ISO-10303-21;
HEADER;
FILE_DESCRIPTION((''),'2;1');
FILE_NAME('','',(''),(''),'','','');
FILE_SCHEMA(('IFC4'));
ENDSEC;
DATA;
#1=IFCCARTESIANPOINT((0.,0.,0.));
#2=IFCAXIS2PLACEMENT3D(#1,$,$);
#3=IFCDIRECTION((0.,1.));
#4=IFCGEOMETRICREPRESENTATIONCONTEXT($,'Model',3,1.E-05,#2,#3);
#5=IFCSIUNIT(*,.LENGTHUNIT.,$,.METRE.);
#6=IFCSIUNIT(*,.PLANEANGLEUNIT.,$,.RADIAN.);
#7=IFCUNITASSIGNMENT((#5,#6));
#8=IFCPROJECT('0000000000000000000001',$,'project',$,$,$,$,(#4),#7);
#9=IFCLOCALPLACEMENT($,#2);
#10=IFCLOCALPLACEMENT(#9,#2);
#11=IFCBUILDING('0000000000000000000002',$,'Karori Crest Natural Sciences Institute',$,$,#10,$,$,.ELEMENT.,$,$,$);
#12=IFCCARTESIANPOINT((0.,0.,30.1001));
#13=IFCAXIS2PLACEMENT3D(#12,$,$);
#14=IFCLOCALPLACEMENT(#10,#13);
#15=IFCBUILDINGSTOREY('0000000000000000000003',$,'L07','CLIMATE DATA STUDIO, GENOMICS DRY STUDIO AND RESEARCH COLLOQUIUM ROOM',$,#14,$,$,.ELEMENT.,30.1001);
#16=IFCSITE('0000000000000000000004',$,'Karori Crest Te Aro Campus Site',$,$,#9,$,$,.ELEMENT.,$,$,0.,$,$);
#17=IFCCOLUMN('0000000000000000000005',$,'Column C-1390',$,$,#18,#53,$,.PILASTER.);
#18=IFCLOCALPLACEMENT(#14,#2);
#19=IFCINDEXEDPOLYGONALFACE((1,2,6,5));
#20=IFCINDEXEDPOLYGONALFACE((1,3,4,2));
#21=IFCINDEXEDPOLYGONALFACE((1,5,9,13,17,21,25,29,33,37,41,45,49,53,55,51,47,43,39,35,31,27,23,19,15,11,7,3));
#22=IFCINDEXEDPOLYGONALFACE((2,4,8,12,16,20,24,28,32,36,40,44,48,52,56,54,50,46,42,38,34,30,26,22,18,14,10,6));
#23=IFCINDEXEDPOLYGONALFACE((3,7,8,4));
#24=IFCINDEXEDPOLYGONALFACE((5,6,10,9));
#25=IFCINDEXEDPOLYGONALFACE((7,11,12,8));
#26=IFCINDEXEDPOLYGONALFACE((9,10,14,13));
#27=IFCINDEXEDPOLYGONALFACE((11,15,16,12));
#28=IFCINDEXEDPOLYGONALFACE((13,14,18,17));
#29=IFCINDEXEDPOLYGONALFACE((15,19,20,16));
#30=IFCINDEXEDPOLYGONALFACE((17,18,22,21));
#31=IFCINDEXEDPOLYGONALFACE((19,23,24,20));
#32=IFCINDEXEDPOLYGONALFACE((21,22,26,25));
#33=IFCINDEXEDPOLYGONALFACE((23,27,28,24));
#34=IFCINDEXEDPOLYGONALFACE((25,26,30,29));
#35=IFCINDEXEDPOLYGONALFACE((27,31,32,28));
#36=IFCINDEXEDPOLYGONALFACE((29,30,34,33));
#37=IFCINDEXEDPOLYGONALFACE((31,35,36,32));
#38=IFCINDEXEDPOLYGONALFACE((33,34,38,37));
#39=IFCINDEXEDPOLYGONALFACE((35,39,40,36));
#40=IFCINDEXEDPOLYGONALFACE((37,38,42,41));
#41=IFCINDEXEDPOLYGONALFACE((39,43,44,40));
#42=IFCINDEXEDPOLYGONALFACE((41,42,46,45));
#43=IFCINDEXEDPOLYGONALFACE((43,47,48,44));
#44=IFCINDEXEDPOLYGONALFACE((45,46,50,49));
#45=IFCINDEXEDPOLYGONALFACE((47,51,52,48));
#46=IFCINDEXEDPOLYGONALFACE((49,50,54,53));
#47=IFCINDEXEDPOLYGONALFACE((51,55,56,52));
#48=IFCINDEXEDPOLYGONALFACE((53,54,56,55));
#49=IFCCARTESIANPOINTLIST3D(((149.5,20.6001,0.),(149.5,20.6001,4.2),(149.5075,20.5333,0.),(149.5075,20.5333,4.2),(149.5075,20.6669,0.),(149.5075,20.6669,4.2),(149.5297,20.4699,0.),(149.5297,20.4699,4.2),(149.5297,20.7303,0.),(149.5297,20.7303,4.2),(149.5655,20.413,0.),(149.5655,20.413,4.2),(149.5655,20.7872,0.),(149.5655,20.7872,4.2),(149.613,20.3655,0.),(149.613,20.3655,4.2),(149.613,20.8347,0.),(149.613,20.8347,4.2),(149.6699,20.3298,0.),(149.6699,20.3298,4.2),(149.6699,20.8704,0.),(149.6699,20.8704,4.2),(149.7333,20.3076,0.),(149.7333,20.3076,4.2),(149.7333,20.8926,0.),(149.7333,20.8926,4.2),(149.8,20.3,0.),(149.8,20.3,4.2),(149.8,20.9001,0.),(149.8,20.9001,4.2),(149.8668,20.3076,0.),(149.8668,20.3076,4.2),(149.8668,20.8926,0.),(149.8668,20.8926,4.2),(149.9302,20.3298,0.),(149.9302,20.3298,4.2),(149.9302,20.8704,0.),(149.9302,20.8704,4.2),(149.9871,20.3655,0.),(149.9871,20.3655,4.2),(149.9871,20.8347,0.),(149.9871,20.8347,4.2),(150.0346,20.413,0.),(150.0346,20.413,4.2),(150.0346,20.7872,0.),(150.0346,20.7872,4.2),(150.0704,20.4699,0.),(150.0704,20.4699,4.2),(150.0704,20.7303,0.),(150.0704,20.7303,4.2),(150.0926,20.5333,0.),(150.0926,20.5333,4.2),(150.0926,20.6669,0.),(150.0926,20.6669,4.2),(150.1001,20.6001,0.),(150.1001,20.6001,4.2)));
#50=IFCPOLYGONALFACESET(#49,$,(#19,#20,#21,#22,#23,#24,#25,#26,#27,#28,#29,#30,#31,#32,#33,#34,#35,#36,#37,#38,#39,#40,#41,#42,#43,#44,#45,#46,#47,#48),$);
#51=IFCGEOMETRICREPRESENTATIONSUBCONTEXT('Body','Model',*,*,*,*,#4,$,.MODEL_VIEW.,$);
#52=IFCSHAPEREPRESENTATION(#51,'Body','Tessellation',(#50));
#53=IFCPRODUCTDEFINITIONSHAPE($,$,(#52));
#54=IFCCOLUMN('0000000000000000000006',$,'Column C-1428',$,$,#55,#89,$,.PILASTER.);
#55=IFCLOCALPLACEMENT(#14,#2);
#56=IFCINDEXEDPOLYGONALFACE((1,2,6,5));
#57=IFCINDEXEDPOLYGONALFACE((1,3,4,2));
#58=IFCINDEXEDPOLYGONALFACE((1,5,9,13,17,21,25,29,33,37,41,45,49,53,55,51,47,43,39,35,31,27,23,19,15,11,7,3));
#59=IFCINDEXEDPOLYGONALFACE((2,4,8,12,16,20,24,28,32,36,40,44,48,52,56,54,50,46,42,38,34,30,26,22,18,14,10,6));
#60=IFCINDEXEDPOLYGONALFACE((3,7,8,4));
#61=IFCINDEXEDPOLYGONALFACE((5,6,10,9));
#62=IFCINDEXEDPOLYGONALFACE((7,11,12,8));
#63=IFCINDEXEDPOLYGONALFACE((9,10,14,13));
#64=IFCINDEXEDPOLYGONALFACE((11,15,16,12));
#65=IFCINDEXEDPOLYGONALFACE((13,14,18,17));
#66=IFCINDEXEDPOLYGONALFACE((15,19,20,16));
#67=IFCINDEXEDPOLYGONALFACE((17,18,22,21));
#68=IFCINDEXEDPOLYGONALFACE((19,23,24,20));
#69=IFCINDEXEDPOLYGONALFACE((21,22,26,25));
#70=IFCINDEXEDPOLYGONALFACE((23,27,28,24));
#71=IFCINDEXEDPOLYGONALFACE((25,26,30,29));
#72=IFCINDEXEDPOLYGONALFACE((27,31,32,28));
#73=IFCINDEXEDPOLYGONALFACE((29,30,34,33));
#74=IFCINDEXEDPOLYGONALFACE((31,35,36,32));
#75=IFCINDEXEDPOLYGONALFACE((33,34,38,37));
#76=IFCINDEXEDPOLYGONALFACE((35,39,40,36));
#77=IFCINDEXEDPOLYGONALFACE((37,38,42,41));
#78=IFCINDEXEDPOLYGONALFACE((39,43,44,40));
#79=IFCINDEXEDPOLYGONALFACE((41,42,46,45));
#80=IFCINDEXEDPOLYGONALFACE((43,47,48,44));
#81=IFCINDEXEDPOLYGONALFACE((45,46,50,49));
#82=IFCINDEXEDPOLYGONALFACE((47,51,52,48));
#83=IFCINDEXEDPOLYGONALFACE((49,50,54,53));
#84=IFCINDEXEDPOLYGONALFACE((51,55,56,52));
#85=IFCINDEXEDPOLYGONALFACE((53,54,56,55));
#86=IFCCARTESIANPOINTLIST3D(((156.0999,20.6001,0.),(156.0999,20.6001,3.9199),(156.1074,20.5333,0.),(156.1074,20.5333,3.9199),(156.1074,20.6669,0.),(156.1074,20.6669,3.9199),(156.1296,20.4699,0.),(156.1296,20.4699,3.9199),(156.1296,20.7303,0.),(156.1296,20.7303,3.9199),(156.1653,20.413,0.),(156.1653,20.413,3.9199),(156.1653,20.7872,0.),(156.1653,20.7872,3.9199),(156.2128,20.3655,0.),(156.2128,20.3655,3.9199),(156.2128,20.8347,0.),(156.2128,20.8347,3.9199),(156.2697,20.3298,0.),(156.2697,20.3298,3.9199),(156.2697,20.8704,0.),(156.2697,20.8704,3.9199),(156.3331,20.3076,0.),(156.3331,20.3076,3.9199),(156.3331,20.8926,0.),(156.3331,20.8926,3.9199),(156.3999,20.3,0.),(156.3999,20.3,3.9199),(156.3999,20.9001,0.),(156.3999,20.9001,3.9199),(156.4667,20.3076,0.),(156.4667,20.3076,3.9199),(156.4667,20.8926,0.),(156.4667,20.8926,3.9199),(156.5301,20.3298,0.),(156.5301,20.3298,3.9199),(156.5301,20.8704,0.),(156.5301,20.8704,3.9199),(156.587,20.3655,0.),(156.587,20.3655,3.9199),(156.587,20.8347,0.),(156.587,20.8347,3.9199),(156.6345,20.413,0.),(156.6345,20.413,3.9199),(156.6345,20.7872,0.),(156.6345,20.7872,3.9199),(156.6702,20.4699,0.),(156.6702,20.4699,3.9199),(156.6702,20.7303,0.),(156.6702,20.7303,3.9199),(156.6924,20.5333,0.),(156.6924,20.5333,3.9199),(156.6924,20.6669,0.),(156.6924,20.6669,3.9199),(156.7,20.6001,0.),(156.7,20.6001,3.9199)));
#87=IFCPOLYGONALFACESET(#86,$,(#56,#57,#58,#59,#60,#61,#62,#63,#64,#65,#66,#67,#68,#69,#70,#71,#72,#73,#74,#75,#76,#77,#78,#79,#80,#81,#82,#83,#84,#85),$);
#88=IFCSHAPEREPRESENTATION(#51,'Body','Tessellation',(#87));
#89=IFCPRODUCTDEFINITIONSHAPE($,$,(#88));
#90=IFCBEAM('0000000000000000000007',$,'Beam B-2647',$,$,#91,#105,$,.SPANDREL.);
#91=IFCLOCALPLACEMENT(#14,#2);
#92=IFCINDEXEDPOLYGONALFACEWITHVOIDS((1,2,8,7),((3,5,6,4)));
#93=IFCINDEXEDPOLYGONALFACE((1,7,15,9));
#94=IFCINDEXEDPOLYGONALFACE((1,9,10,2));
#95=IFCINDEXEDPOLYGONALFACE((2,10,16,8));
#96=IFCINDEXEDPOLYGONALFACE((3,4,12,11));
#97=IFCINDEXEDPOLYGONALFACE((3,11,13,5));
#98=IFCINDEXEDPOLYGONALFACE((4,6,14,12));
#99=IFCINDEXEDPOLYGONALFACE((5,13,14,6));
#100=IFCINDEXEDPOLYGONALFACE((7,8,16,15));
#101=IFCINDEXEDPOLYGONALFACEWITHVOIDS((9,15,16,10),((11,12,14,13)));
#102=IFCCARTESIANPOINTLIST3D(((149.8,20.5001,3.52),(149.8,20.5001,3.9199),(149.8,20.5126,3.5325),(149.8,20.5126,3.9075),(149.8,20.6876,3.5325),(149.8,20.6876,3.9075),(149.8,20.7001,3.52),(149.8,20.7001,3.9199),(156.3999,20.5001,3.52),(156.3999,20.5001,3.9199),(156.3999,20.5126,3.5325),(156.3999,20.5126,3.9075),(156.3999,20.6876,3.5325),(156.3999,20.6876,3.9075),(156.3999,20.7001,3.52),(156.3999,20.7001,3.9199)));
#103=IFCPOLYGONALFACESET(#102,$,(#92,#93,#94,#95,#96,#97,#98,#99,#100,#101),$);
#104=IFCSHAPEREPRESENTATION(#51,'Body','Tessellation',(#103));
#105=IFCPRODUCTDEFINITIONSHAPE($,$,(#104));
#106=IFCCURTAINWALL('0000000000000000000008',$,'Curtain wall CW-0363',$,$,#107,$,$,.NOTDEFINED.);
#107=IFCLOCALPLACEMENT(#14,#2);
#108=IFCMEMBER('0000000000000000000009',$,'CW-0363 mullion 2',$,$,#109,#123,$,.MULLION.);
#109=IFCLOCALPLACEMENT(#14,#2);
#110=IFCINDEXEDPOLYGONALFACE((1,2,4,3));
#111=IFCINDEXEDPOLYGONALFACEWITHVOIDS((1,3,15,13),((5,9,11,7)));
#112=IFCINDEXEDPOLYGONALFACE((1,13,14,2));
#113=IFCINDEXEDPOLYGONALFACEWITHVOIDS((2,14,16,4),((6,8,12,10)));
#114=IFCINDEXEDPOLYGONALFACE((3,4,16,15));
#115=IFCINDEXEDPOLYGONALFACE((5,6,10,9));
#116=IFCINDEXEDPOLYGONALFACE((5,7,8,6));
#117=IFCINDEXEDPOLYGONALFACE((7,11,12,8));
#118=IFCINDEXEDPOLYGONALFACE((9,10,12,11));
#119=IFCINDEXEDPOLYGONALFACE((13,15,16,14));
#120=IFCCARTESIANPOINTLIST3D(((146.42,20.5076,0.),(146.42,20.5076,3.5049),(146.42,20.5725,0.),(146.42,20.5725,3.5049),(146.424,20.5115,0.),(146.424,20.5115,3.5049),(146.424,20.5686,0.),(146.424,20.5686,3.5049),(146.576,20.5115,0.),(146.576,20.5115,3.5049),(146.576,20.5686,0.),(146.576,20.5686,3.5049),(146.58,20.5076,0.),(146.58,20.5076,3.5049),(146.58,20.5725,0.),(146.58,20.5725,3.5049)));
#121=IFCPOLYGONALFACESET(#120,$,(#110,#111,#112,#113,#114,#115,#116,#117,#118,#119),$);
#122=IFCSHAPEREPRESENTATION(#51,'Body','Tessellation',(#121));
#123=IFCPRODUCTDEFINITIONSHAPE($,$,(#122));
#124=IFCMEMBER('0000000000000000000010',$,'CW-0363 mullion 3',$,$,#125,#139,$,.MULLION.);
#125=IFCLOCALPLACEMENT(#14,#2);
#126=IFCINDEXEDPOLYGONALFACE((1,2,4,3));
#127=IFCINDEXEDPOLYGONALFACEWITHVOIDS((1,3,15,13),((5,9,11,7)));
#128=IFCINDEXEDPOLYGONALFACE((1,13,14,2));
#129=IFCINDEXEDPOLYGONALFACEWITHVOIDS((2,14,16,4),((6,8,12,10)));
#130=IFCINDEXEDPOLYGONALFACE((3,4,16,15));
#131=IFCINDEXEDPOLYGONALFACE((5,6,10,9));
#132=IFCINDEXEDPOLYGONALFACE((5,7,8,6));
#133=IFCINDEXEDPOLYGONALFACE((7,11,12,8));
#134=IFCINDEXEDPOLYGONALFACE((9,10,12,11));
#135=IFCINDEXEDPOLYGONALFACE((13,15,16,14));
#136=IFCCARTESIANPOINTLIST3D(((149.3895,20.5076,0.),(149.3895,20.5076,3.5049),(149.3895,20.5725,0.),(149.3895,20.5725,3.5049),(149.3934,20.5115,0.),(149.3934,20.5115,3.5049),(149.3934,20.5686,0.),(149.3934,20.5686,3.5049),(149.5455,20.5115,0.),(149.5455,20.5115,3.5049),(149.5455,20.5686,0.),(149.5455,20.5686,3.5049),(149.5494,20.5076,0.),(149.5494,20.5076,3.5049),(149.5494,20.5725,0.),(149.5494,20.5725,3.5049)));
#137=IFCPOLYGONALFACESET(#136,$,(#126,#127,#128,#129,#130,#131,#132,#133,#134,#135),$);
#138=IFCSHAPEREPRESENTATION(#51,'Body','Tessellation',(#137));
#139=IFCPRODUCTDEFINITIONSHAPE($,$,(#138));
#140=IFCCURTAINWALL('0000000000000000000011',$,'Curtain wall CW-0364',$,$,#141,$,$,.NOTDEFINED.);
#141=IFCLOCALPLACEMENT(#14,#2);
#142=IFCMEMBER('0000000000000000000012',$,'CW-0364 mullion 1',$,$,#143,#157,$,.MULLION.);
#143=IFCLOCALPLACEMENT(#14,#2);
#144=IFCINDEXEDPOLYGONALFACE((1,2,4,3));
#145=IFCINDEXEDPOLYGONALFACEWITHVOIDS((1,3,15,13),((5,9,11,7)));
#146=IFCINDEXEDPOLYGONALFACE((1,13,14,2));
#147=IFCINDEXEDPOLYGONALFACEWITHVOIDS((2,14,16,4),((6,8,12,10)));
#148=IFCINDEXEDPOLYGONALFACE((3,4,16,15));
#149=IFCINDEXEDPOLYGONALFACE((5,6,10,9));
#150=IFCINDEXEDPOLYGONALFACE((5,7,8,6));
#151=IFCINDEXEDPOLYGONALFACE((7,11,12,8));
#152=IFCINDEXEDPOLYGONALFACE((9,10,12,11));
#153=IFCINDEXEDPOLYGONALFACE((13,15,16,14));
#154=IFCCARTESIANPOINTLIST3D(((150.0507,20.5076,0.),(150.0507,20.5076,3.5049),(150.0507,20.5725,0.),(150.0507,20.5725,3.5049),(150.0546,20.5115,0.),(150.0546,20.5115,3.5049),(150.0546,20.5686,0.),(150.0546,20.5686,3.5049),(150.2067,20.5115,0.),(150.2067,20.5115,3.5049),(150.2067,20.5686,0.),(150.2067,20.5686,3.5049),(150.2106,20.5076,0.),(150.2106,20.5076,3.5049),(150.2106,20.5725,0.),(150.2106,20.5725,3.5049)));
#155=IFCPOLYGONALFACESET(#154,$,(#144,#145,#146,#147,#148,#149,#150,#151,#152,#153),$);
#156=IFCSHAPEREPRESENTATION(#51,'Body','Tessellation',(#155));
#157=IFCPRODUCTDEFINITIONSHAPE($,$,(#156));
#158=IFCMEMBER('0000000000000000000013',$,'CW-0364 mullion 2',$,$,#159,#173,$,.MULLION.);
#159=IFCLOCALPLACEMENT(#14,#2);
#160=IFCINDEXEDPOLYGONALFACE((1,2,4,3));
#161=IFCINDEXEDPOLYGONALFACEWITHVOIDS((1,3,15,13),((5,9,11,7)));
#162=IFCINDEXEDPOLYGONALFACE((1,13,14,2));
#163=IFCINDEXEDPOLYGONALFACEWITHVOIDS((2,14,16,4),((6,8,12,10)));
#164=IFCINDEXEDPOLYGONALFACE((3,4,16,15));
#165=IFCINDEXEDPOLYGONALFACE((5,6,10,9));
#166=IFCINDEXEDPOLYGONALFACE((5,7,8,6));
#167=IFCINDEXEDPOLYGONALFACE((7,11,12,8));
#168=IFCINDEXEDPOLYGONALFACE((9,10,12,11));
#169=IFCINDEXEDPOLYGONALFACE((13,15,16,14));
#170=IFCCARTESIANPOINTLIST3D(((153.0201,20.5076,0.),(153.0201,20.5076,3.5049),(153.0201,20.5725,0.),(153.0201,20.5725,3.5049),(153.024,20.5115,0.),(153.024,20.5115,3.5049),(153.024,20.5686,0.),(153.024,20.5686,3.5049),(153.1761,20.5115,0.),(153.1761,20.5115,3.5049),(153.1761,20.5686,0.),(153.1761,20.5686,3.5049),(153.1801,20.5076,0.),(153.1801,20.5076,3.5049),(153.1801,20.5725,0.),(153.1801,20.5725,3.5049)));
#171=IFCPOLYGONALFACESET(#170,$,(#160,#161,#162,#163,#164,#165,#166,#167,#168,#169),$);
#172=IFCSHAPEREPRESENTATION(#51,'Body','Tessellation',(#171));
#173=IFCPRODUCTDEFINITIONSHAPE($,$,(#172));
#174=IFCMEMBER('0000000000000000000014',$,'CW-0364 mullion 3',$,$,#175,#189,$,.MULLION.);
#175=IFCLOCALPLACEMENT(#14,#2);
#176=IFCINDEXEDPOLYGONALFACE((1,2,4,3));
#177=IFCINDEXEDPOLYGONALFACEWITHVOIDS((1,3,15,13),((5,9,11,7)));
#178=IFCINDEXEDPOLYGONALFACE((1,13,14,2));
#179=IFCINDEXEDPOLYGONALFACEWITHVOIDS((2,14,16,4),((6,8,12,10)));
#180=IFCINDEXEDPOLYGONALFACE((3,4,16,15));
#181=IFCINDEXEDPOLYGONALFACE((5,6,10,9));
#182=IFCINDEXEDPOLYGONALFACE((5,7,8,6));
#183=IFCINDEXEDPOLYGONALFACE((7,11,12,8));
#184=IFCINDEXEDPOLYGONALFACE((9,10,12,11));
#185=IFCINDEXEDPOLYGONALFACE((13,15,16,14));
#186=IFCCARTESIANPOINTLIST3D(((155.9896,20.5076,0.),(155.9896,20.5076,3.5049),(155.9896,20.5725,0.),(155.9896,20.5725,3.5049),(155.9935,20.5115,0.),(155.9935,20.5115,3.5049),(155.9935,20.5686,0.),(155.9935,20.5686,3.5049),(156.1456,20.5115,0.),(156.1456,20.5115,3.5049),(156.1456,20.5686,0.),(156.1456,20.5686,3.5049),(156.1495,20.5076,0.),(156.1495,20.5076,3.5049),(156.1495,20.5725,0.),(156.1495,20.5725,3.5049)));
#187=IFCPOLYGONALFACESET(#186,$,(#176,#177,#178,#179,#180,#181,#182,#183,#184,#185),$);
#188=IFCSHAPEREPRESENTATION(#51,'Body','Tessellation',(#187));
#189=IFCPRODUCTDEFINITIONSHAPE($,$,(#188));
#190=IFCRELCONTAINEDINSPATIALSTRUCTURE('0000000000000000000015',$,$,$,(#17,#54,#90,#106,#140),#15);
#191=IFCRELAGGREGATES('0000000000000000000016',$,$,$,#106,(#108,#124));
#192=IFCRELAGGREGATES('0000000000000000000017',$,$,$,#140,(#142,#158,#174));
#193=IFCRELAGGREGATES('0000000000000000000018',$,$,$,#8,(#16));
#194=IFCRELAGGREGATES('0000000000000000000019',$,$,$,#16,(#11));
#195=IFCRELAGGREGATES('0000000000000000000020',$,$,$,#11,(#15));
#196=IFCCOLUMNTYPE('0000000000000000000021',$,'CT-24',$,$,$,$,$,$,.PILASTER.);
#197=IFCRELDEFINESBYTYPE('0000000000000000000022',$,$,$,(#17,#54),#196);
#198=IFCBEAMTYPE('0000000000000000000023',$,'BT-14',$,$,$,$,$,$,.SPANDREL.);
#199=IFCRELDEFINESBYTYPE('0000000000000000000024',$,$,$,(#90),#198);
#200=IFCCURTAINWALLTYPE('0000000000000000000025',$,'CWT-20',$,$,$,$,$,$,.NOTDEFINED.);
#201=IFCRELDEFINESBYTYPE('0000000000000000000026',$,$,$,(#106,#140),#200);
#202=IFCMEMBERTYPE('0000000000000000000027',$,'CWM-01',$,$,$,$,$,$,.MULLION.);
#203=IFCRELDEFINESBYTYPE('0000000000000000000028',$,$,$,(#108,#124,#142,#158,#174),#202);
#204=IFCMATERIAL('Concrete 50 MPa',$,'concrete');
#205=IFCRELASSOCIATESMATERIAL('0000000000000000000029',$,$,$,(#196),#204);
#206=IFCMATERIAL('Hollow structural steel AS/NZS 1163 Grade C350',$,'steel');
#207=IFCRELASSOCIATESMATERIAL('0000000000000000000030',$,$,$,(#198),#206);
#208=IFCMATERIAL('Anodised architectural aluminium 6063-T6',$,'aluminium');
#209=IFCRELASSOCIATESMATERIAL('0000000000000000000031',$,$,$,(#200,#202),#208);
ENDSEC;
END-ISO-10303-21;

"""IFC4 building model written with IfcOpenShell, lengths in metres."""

from ifc_helpers import new_model, si_unit, direction, frame, origin, origin_2d, place, context, subcontext, project, spatial, hollow_rectangle, circle, extrude, material, material_profile, profile_set, type_object, element, aggregate, save


model = new_model("IFC4")

# Units and contexts
model_context = context("Model", 3, precision=1e-05, world=origin(), true_north=direction((0.0, 1.0)))
body_context = subcontext(model_context, "Body", "Model", "MODEL_VIEW")
ifc_project = project(units=[si_unit("LENGTHUNIT", "METRE"), si_unit("PLANEANGLEUNIT", "RADIAN")], contexts=[model_context])

# Site, building, storey
site_placement = place(None, origin())
site = spatial("IfcSite", under=ifc_project, at=site_placement, Name="Karori Crest Te Aro Campus Site", CompositionType="ELEMENT", RefElevation=0.0)
building_placement = place(site_placement, origin())
building = spatial("IfcBuilding", under=site, at=building_placement, Name="Karori Crest Natural Sciences Institute", CompositionType="ELEMENT")
storey_placement = place(building_placement, frame((0.0, 0.0, 30.1001)))
storey = spatial("IfcBuildingStorey", under=building, at=storey_placement, Name="L07", Description="CLIMATE DATA STUDIO, GENOMICS DRY STUDIO AND RESEARCH COLLOQUIUM ROOM", CompositionType="ELEMENT", Elevation=30.1001)

# Columns
ifc_material_1 = material(Name="Concrete 50 MPa", Category="concrete")
ifc_material_profile_1 = material_profile(ifc_material_1, circle(Radius=0.3, at=origin_2d()), Name="RCC600")
ifc_profile_set_1 = profile_set([ifc_material_profile_1], Name="Concrete 50 MPa")
column_type = type_object("IfcColumnType", Name="CT-24", PredefinedType="PILASTER", material=ifc_profile_set_1)
column_1_placement = place(storey_placement, frame((149.8, 20.6001, 0.0), z_axis=(0.0, 0.0, 1.0), x_axis=(1.0, 0.0, 0.0)))
element("IfcColumn", 1, at=column_1_placement, inside=storey, type_object=column_type, Name="Column C-1390", PredefinedType="PILASTER", context=body_context, shape_type="SweptSolid", body=[
    extrude(circle(Radius=0.3, at=origin_2d()), origin(), (0.0, 0.0, 1.0), 4.2),
])
column_2_placement = place(storey_placement, frame((156.3999, 20.6001, 0.0), z_axis=(0.0, 0.0, 1.0), x_axis=(1.0, 0.0, 0.0)))
element("IfcColumn", 2, at=column_2_placement, inside=storey, type_object=column_type, Name="Column C-1428", PredefinedType="PILASTER", context=body_context, shape_type="SweptSolid", body=[
    extrude(circle(Radius=0.3, at=origin_2d()), origin(), (0.0, 0.0, 1.0), 3.9199),
])

# Beam
ifc_material_2 = material(Name="Hollow structural steel AS/NZS 1163 Grade C350", Category="steel")
ifc_material_profile_2 = material_profile(ifc_material_2, hollow_rectangle(XDim=0.2, YDim=0.3999, WallThickness=0.0125, at=origin_2d()), Name="RHS400x200x12.5")
ifc_profile_set_2 = profile_set([ifc_material_profile_2], Name="Hollow structural steel AS/NZS 1163 Grade C350")
beam_type = type_object("IfcBeamType", Name="BT-14", PredefinedType="SPANDREL", material=ifc_profile_set_2)
beam_placement = place(storey_placement, frame((149.8, 20.6001, 3.72), z_axis=(1.0, 0.0, 0.0), x_axis=(0.0, 1.0, 0.0)))
element("IfcBeam", 3, at=beam_placement, inside=storey, type_object=beam_type, Name="Beam B-2647", PredefinedType="SPANDREL", context=body_context, shape_type="SweptSolid", body=[
    extrude(hollow_rectangle(XDim=0.2, YDim=0.3999, WallThickness=0.0125, at=origin_2d()), origin(), (0.0, 0.0, 1.0), 6.5999),
])

# Curtain walls, members
ifc_material_3 = material(Name="Anodised architectural aluminium 6063-T6", Category="aluminium")
curtain_wall_type = type_object("IfcCurtainWallType", Name="CWT-20", PredefinedType="NOTDEFINED", material=ifc_material_3)
curtain_wall_1_placement = place(storey_placement, origin())
curtain_wall_1 = element("IfcCurtainWall", 4, at=curtain_wall_1_placement, inside=storey, type_object=curtain_wall_type, Name="Curtain wall CW-0363", PredefinedType="NOTDEFINED")
ifc_material_profile_3 = material_profile(ifc_material_3, hollow_rectangle(XDim=0.0649, YDim=0.1599, WallThickness=0.0039, at=origin_2d()), Name="CWM160x65x4")
ifc_profile_set_3 = profile_set([ifc_material_profile_3], Name="Anodised architectural aluminium 6063-T6")
member_type_1 = type_object("IfcMemberType", Name="CWM-01", PredefinedType="MULLION", material=ifc_profile_set_3)
member_1_placement = place(storey_placement, frame((146.5, 20.54, 0.0), z_axis=(0.0, 0.0, 1.0), x_axis=(0.0, 1.0, 0.0)))
member_1 = element("IfcMember", 5, at=member_1_placement, type_object=member_type_1, Name="CW-0363 mullion 2", PredefinedType="MULLION", context=body_context, shape_type="SweptSolid", body=[
    extrude(hollow_rectangle(XDim=0.0649, YDim=0.1599, WallThickness=0.0039, at=origin_2d()), origin(), (0.0, 0.0, 1.0), 3.5049),
])
member_2_placement = place(storey_placement, frame((149.4695, 20.54, 0.0), z_axis=(0.0, 0.0, 1.0), x_axis=(0.0, 1.0, 0.0)))
member_2 = element("IfcMember", 6, at=member_2_placement, type_object=member_type_1, Name="CW-0363 mullion 3", PredefinedType="MULLION", context=body_context, shape_type="SweptSolid", body=[
    extrude(hollow_rectangle(XDim=0.0649, YDim=0.1599, WallThickness=0.0039, at=origin_2d()), origin(), (0.0, 0.0, 1.0), 3.5049),
])
curtain_wall_2_placement = place(storey_placement, origin())
curtain_wall_2 = element("IfcCurtainWall", 7, at=curtain_wall_2_placement, inside=storey, type_object=curtain_wall_type, Name="Curtain wall CW-0364", PredefinedType="NOTDEFINED")
member_3_placement = place(storey_placement, frame((150.1306, 20.54, 0.0), z_axis=(0.0, 0.0, 1.0), x_axis=(0.0, 1.0, 0.0)))
member_3 = element("IfcMember", 8, at=member_3_placement, type_object=member_type_1, Name="CW-0364 mullion 1", PredefinedType="MULLION", context=body_context, shape_type="SweptSolid", body=[
    extrude(hollow_rectangle(XDim=0.0649, YDim=0.1599, WallThickness=0.0039, at=origin_2d()), origin(), (0.0, 0.0, 1.0), 3.5049),
])
member_4_placement = place(storey_placement, frame((153.1001, 20.54, 0.0), z_axis=(0.0, 0.0, 1.0), x_axis=(0.0, 1.0, 0.0)))
member_4 = element("IfcMember", 9, at=member_4_placement, type_object=member_type_1, Name="CW-0364 mullion 2", PredefinedType="MULLION", context=body_context, shape_type="SweptSolid", body=[
    extrude(hollow_rectangle(XDim=0.0649, YDim=0.1599, WallThickness=0.0039, at=origin_2d()), origin(), (0.0, 0.0, 1.0), 3.5049),
])
member_5_placement = place(storey_placement, frame((156.0696, 20.54, 0.0), z_axis=(0.0, 0.0, 1.0), x_axis=(0.0, 1.0, 0.0)))
member_5 = element("IfcMember", 10, at=member_5_placement, type_object=member_type_1, Name="CW-0364 mullion 3", PredefinedType="MULLION", context=body_context, shape_type="SweptSolid", body=[
    extrude(hollow_rectangle(XDim=0.0649, YDim=0.1599, WallThickness=0.0039, at=origin_2d()), origin(), (0.0, 0.0, 1.0), 3.5049),
])

aggregate(curtain_wall_1, [member_1, member_2])
aggregate(curtain_wall_2, [member_3, member_4, member_5])

save(model, "model.ifc")
